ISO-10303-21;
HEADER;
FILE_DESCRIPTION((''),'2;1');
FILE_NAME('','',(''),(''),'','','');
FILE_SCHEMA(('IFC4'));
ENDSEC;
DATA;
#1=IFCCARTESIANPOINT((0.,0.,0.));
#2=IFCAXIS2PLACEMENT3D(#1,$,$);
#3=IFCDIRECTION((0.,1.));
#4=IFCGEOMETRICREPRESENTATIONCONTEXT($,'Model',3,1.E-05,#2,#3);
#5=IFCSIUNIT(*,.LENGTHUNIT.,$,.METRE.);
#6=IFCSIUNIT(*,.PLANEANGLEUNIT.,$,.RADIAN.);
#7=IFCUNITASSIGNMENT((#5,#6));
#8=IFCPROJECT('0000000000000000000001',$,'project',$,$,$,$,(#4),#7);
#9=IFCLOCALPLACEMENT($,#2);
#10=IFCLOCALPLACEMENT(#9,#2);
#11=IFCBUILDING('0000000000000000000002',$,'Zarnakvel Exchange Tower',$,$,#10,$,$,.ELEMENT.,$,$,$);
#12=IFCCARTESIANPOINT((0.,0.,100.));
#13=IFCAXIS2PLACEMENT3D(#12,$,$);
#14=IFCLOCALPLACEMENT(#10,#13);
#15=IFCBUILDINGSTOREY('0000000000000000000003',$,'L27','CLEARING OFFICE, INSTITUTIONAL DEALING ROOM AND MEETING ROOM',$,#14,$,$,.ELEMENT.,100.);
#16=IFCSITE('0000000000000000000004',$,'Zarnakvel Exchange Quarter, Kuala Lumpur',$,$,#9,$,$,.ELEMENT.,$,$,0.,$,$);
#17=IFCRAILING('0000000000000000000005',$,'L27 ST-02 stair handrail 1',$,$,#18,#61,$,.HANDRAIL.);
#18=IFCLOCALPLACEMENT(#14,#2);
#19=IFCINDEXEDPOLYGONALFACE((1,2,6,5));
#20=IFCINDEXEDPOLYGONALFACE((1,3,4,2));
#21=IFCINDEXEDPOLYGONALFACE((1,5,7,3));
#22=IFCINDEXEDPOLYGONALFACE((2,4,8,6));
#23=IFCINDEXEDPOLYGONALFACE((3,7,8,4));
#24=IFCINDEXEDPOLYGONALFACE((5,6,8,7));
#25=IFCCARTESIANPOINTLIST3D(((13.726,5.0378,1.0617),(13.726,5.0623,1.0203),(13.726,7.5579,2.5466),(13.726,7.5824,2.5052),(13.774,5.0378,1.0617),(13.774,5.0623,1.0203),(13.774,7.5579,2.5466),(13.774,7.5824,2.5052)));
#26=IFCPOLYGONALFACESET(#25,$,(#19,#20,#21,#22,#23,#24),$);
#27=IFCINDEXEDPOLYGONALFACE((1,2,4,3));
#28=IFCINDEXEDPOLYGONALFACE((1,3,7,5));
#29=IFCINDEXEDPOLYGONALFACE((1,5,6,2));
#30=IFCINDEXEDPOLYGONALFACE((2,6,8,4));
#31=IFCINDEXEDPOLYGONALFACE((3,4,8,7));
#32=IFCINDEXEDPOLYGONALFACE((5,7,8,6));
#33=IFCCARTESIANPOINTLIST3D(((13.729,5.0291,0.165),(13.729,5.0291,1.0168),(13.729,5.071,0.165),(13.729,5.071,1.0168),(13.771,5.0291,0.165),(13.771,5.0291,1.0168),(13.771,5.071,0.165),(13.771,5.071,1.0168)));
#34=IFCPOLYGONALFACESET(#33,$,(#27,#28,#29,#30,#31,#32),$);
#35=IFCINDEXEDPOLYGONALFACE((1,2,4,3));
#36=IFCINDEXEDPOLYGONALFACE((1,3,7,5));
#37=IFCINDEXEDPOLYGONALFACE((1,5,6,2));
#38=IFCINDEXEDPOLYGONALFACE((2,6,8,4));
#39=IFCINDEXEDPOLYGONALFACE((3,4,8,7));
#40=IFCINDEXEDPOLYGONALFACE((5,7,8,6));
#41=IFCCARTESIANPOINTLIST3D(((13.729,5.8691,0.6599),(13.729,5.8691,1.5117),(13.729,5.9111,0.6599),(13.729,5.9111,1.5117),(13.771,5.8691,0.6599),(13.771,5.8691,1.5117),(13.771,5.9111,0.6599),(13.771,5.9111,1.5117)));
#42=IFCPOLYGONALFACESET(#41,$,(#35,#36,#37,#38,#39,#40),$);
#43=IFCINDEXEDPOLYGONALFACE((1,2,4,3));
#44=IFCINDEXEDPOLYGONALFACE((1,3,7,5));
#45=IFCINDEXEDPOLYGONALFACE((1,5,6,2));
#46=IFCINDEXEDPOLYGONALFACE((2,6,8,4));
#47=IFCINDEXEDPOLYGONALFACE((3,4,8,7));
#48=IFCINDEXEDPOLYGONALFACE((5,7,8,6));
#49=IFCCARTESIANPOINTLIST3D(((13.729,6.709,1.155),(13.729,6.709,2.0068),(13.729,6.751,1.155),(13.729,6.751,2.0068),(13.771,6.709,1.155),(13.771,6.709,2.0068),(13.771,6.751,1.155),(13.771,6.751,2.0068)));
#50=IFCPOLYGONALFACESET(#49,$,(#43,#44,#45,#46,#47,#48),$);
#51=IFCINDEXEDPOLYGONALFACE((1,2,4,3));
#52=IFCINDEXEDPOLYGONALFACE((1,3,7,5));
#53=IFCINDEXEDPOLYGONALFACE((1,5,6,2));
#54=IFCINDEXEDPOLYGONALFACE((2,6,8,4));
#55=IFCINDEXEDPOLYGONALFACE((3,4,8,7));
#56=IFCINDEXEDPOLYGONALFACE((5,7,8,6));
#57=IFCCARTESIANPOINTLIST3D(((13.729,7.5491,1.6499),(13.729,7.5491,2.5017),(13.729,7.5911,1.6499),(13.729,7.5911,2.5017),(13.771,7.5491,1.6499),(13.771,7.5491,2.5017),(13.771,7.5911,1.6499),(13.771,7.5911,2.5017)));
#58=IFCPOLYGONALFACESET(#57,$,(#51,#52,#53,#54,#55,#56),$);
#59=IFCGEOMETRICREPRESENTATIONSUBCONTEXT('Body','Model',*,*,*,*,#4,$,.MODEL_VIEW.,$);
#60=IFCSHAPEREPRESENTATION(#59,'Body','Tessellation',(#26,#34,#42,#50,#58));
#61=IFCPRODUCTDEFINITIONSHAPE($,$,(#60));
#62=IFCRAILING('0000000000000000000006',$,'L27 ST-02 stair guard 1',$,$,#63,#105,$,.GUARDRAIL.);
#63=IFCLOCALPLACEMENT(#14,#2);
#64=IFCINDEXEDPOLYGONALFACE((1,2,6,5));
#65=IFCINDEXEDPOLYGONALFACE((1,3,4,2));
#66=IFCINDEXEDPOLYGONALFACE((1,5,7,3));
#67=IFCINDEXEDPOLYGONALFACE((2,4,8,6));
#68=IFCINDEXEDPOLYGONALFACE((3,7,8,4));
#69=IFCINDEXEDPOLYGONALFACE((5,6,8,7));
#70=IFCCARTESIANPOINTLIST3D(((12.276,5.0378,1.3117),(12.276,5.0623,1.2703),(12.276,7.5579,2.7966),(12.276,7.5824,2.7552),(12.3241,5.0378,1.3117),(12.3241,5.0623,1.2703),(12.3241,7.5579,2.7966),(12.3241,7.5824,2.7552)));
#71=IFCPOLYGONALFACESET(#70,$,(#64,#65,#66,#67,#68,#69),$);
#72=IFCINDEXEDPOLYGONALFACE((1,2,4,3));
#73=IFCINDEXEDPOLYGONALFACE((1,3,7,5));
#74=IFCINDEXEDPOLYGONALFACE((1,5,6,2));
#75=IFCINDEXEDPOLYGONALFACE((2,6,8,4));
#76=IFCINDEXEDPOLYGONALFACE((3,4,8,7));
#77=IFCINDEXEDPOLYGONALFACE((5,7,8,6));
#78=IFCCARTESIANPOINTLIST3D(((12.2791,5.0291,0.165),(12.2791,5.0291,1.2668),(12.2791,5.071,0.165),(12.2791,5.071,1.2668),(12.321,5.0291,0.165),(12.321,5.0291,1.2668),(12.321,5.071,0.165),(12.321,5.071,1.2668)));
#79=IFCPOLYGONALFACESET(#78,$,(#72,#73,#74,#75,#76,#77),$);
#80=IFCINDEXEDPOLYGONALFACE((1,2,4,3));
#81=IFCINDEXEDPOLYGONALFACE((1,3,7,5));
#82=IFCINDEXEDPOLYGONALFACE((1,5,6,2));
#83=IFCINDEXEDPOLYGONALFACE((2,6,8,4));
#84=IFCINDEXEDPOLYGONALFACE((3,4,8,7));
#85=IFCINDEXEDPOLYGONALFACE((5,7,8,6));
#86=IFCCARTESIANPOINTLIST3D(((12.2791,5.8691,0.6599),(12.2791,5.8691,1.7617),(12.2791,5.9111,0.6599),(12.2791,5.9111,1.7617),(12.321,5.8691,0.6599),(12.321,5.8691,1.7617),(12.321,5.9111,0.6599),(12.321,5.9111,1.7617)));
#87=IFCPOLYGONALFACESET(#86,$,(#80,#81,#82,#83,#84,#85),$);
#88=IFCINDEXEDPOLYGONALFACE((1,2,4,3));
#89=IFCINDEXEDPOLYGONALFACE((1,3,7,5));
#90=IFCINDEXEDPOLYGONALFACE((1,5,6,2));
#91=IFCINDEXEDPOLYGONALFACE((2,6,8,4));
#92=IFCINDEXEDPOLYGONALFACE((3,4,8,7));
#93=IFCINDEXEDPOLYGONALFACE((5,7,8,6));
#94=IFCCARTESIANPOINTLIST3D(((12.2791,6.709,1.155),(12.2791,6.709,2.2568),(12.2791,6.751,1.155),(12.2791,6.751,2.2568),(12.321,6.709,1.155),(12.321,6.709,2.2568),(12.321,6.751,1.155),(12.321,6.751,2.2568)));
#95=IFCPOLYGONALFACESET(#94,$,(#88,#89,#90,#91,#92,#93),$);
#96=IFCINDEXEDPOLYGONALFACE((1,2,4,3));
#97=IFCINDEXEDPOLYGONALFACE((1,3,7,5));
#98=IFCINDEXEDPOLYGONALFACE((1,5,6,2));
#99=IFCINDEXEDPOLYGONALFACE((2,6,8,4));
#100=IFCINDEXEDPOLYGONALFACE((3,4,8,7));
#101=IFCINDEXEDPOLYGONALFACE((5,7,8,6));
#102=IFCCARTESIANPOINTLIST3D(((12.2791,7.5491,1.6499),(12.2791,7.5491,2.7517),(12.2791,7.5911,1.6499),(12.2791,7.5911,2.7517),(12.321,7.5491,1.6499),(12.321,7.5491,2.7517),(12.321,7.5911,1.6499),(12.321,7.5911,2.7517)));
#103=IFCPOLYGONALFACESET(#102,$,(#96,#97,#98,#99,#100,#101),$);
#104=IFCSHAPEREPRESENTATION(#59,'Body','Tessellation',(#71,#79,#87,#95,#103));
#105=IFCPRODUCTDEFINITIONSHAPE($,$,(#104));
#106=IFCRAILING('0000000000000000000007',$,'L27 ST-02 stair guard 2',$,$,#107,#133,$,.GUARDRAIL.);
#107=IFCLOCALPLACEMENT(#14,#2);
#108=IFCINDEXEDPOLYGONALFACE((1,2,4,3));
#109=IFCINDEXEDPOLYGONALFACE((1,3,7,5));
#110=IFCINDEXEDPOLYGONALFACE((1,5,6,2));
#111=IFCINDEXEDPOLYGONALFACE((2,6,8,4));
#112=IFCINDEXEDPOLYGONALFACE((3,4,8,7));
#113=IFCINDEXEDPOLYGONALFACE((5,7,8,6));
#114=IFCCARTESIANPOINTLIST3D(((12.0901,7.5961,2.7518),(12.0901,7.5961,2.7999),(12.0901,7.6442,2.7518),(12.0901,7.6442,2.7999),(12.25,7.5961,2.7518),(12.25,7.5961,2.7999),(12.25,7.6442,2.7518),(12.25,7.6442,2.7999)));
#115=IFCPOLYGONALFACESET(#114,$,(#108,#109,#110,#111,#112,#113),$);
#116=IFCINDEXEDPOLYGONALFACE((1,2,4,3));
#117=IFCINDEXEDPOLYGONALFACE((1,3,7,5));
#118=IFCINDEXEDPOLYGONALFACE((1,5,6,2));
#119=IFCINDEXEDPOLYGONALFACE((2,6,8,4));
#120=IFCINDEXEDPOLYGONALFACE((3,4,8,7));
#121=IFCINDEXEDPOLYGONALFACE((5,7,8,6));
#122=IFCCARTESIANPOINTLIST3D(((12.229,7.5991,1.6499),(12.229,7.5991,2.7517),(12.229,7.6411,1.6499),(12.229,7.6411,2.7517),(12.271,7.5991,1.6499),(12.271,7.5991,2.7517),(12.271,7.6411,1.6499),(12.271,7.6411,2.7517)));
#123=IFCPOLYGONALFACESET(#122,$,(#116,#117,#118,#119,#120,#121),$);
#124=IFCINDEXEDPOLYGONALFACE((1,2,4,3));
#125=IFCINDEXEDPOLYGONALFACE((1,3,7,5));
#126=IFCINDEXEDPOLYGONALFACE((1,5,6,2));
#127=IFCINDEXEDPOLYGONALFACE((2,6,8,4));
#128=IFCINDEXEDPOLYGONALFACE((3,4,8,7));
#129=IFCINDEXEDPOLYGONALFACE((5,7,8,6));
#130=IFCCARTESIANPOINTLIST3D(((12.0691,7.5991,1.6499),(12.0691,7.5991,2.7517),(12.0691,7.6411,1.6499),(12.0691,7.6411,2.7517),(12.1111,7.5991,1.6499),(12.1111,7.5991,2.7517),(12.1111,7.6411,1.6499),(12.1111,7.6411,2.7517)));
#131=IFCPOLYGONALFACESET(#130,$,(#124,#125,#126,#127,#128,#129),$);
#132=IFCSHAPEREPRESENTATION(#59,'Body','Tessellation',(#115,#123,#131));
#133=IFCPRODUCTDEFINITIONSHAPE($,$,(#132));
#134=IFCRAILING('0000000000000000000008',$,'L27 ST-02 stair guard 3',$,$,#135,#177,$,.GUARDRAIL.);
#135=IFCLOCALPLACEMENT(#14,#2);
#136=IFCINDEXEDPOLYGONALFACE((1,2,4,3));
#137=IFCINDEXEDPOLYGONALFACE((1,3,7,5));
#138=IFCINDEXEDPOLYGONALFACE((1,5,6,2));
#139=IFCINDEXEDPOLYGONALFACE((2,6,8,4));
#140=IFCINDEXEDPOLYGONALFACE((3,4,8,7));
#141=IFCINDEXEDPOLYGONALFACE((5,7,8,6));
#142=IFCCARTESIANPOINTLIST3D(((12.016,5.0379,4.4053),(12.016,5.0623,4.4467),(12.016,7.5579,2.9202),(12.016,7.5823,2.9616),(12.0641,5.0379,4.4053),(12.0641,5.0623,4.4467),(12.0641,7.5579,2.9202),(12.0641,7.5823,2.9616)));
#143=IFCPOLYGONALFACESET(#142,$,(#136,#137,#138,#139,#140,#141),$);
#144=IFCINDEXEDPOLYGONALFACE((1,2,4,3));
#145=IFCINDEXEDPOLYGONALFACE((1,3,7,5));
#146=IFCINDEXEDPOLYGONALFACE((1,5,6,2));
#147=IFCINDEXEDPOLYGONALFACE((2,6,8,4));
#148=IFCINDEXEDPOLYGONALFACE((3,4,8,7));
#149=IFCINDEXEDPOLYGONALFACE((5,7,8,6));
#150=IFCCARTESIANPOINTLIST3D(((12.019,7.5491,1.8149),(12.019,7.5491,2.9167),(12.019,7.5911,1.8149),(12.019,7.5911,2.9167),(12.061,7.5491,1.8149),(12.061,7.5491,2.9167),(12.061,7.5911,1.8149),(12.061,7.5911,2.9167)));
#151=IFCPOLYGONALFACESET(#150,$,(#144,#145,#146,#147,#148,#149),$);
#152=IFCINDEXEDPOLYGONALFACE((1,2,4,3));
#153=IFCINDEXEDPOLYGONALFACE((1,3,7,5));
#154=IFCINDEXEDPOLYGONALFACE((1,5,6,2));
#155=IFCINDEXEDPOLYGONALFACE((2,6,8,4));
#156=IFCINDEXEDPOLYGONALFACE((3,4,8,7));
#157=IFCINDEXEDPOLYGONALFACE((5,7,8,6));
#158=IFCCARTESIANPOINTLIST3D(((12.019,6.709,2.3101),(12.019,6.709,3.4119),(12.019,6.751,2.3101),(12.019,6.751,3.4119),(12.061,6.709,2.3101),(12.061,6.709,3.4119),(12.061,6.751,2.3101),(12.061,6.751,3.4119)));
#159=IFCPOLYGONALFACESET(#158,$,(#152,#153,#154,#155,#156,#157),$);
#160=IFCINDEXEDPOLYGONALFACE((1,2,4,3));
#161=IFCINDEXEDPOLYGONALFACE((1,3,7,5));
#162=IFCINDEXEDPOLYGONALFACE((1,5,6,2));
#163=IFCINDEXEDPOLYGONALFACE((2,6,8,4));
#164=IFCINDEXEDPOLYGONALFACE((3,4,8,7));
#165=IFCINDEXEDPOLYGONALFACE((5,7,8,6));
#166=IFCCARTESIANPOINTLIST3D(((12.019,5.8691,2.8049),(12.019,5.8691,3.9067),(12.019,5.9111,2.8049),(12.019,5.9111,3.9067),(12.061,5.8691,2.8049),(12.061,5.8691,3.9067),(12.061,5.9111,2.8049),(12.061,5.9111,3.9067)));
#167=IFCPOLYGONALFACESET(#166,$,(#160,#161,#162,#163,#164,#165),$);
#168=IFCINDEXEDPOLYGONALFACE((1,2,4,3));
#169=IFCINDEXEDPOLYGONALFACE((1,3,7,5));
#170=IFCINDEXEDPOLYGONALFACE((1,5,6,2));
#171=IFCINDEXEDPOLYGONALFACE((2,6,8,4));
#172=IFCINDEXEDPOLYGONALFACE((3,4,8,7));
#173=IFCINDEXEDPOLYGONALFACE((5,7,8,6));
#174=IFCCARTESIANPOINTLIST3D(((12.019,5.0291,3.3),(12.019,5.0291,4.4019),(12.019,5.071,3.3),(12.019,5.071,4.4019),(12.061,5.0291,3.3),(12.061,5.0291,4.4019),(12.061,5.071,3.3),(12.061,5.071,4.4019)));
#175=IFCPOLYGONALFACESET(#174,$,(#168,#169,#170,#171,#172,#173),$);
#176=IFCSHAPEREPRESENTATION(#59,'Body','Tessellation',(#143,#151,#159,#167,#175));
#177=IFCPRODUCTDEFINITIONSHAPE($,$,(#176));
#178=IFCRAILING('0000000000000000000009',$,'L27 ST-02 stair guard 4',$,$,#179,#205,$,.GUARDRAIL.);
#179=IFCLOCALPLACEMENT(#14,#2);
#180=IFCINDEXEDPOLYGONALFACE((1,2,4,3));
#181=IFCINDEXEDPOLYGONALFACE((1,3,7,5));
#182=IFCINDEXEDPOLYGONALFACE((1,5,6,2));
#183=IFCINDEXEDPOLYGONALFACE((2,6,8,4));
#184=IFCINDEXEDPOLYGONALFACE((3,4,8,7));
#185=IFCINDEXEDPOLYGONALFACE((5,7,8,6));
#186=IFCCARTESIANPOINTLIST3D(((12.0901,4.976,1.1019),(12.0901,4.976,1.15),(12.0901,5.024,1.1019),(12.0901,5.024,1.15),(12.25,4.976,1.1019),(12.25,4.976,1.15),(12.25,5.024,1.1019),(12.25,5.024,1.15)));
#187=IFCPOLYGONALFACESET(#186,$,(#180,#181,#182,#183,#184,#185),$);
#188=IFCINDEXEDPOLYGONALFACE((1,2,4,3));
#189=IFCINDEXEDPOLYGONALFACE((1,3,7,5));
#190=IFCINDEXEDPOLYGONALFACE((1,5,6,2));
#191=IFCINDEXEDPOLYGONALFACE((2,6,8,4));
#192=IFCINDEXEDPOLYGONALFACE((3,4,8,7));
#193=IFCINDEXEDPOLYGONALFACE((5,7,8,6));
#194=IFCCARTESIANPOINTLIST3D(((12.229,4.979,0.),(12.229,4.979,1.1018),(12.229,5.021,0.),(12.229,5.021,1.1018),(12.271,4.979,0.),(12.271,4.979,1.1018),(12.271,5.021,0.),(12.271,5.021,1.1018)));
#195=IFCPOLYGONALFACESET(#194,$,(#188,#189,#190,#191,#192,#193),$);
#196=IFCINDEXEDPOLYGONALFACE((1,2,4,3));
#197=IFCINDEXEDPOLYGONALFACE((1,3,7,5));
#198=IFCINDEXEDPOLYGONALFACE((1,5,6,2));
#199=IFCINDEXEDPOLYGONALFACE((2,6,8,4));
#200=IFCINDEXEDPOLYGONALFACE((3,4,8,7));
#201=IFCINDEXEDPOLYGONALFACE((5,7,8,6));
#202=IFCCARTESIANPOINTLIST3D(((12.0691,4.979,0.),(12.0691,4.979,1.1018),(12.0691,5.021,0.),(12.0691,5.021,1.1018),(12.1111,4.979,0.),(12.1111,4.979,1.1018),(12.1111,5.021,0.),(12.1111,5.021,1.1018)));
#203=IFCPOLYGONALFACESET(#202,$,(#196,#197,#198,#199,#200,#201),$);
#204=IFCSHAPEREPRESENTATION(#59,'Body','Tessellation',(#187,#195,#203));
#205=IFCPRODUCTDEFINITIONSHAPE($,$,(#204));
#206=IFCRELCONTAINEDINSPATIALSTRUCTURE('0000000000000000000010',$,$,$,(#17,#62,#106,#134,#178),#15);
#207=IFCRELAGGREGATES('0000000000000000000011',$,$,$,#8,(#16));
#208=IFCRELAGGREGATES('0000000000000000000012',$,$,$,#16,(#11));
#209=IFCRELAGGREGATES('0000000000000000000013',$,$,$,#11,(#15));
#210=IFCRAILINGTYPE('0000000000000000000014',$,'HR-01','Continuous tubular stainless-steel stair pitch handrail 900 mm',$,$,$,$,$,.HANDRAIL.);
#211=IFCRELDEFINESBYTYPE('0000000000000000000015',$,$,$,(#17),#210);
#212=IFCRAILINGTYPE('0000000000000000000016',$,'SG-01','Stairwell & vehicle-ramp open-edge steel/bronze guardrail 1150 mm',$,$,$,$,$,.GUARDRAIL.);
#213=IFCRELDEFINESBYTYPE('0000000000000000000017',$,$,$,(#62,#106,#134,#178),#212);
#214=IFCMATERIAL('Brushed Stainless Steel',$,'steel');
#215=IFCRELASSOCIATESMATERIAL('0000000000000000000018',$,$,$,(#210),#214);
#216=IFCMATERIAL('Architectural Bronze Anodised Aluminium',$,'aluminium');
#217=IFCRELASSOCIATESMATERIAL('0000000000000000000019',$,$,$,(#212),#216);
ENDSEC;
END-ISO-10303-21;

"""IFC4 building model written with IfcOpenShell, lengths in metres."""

from ifc_helpers import new_model, si_unit, direction, frame, origin, origin_2d, place, context, subcontext, project, spatial, rectangle, extrude, material, type_object, element, save


model = new_model("IFC4")

# Units and contexts
model_context = context("Model", 3, precision=1e-05, world=origin(), true_north=direction((0.0, 1.0)))
body_context = subcontext(model_context, "Body", "Model", "MODEL_VIEW")
ifc_project = project(units=[si_unit("LENGTHUNIT", "METRE"), si_unit("PLANEANGLEUNIT", "RADIAN")], contexts=[model_context])

# Site, building, storey
site_placement = place(None, origin())
site = spatial("IfcSite", under=ifc_project, at=site_placement, Name="Zarnakvel Exchange Quarter, Kuala Lumpur", CompositionType="ELEMENT", RefElevation=0.0)
building_placement = place(site_placement, origin())
building = spatial("IfcBuilding", under=site, at=building_placement, Name="Zarnakvel Exchange Tower", CompositionType="ELEMENT")
storey_placement = place(building_placement, frame((0.0, 0.0, 100.0)))
storey = spatial("IfcBuildingStorey", under=building, at=storey_placement, Name="L27", Description="CLEARING OFFICE, INSTITUTIONAL DEALING ROOM AND MEETING ROOM", CompositionType="ELEMENT", Elevation=100.0)

# Shared definitions
ifc_material_1 = material(Name="Architectural Bronze Anodised Aluminium", Category="aluminium")

# Railings
ifc_material_2 = material(Name="Brushed Stainless Steel", Category="steel")
railing_type_1 = type_object("IfcRailingType", Name="HR-01", Description="Continuous tubular stainless-steel stair pitch handrail 900 mm", PredefinedType="HANDRAIL", material=ifc_material_2)
railing_1_placement = place(storey_placement, frame((13.75, 5.05, 0.165)))
element("IfcRailing", 1, at=railing_1_placement, inside=storey, type_object=railing_type_1, Name="L27 ST-02 stair handrail 1", PredefinedType="HANDRAIL", context=body_context, shape_type="SweptSolid", body=[
    extrude(rectangle(XDim=0.0481, YDim=0.0481, at=origin_2d()), frame((0.0, 0.0, 0.876), z_axis=(0.0, 0.861561, 0.507655), x_axis=(-1.0, 0.0, 0.0)), (0.0, 0.0, 1.0), 2.925),
    extrude(rectangle(XDim=0.042, YDim=0.042, at=origin_2d()), origin(), (0.0, 0.0, 1.0), 0.8518),
    extrude(rectangle(XDim=0.042, YDim=0.042, at=origin_2d()), frame((0.0, 0.8401, 0.4949)), (0.0, 0.0, 1.0), 0.8518),
    extrude(rectangle(XDim=0.042, YDim=0.042, at=origin_2d()), frame((0.0, 1.6799, 0.99)), (0.0, 0.0, 1.0), 0.8518),
    extrude(rectangle(XDim=0.042, YDim=0.042, at=origin_2d()), frame((0.0, 2.52, 1.4849)), (0.0, 0.0, 1.0), 0.8518),
])
railing_type_2 = type_object("IfcRailingType", Name="SG-01", Description="Stairwell & vehicle-ramp open-edge steel/bronze guardrail 1150 mm", PredefinedType="GUARDRAIL", material=ifc_material_1)
railing_2_placement = place(storey_placement, frame((12.3, 5.05, 0.165)))
element("IfcRailing", 2, at=railing_2_placement, inside=storey, type_object=railing_type_2, Name="L27 ST-02 stair guard 1", PredefinedType="GUARDRAIL", context=body_context, shape_type="SweptSolid", body=[
    extrude(rectangle(XDim=0.0481, YDim=0.0481, at=origin_2d()), frame((0.0, 0.0, 1.126), z_axis=(0.0, 0.861561, 0.507655), x_axis=(-1.0, 0.0, 0.0)), (0.0, 0.0, 1.0), 2.925),
    extrude(rectangle(XDim=0.042, YDim=0.042, at=origin_2d()), origin(), (0.0, 0.0, 1.0), 1.1018),
    extrude(rectangle(XDim=0.042, YDim=0.042, at=origin_2d()), frame((0.0, 0.8401, 0.4949)), (0.0, 0.0, 1.0), 1.1018),
    extrude(rectangle(XDim=0.042, YDim=0.042, at=origin_2d()), frame((0.0, 1.6799, 0.99)), (0.0, 0.0, 1.0), 1.1018),
    extrude(rectangle(XDim=0.042, YDim=0.042, at=origin_2d()), frame((0.0, 2.52, 1.4849)), (0.0, 0.0, 1.0), 1.1018),
])
railing_3_placement = place(storey_placement, frame((12.25, 7.6201, 1.6499)))
element("IfcRailing", 3, at=railing_3_placement, inside=storey, type_object=railing_type_2, Name="L27 ST-02 stair guard 2", PredefinedType="GUARDRAIL", context=body_context, shape_type="SweptSolid", body=[
    extrude(rectangle(XDim=0.0481, YDim=0.0481, at=origin_2d()), frame((0.0, 0.0, 1.126), z_axis=(-1.0, 0.0, 0.0), x_axis=(0.0, -1.0, 0.0)), (0.0, 0.0, 1.0), 0.1599),
    extrude(rectangle(XDim=0.042, YDim=0.042, at=origin_2d()), origin(), (0.0, 0.0, 1.0), 1.1018),
    extrude(rectangle(XDim=0.042, YDim=0.042, at=origin_2d()), frame((-0.1599, 0.0, 0.0)), (0.0, 0.0, 1.0), 1.1018),
])
railing_4_placement = place(storey_placement, frame((12.04, 7.5701, 1.8149)))
element("IfcRailing", 4, at=railing_4_placement, inside=storey, type_object=railing_type_2, Name="L27 ST-02 stair guard 3", PredefinedType="GUARDRAIL", context=body_context, shape_type="SweptSolid", body=[
    extrude(rectangle(XDim=0.0481, YDim=0.0481, at=origin_2d()), frame((0.0, 0.0, 1.126), z_axis=(0.0, -0.861524, 0.507717), x_axis=(1.0, 0.0, 0.0)), (0.0, 0.0, 1.0), 2.925),
    extrude(rectangle(XDim=0.042, YDim=0.042, at=origin_2d()), origin(), (0.0, 0.0, 1.0), 1.1018),
    extrude(rectangle(XDim=0.042, YDim=0.042, at=origin_2d()), frame((0.0, -0.8401, 0.4951)), (0.0, 0.0, 1.0), 1.1018),
    extrude(rectangle(XDim=0.042, YDim=0.042, at=origin_2d()), frame((0.0, -1.6799, 0.99)), (0.0, 0.0, 1.0), 1.1018),
    extrude(rectangle(XDim=0.042, YDim=0.042, at=origin_2d()), frame((0.0, -2.52, 1.4851)), (0.0, 0.0, 1.0), 1.1018),
])
railing_5_placement = place(storey_placement, frame((12.25, 5.0, 0.0)))
element("IfcRailing", 5, at=railing_5_placement, inside=storey, type_object=railing_type_2, Name="L27 ST-02 stair guard 4", PredefinedType="GUARDRAIL", context=body_context, shape_type="SweptSolid", body=[
    extrude(rectangle(XDim=0.0481, YDim=0.0481, at=origin_2d()), frame((0.0, 0.0, 1.126), z_axis=(-1.0, 0.0, 0.0), x_axis=(0.0, -1.0, 0.0)), (0.0, 0.0, 1.0), 0.1599),
    extrude(rectangle(XDim=0.042, YDim=0.042, at=origin_2d()), origin(), (0.0, 0.0, 1.0), 1.1018),
    extrude(rectangle(XDim=0.042, YDim=0.042, at=origin_2d()), frame((-0.1599, 0.0, 0.0)), (0.0, 0.0, 1.0), 1.1018),
])

save(model, "model.ifc")
